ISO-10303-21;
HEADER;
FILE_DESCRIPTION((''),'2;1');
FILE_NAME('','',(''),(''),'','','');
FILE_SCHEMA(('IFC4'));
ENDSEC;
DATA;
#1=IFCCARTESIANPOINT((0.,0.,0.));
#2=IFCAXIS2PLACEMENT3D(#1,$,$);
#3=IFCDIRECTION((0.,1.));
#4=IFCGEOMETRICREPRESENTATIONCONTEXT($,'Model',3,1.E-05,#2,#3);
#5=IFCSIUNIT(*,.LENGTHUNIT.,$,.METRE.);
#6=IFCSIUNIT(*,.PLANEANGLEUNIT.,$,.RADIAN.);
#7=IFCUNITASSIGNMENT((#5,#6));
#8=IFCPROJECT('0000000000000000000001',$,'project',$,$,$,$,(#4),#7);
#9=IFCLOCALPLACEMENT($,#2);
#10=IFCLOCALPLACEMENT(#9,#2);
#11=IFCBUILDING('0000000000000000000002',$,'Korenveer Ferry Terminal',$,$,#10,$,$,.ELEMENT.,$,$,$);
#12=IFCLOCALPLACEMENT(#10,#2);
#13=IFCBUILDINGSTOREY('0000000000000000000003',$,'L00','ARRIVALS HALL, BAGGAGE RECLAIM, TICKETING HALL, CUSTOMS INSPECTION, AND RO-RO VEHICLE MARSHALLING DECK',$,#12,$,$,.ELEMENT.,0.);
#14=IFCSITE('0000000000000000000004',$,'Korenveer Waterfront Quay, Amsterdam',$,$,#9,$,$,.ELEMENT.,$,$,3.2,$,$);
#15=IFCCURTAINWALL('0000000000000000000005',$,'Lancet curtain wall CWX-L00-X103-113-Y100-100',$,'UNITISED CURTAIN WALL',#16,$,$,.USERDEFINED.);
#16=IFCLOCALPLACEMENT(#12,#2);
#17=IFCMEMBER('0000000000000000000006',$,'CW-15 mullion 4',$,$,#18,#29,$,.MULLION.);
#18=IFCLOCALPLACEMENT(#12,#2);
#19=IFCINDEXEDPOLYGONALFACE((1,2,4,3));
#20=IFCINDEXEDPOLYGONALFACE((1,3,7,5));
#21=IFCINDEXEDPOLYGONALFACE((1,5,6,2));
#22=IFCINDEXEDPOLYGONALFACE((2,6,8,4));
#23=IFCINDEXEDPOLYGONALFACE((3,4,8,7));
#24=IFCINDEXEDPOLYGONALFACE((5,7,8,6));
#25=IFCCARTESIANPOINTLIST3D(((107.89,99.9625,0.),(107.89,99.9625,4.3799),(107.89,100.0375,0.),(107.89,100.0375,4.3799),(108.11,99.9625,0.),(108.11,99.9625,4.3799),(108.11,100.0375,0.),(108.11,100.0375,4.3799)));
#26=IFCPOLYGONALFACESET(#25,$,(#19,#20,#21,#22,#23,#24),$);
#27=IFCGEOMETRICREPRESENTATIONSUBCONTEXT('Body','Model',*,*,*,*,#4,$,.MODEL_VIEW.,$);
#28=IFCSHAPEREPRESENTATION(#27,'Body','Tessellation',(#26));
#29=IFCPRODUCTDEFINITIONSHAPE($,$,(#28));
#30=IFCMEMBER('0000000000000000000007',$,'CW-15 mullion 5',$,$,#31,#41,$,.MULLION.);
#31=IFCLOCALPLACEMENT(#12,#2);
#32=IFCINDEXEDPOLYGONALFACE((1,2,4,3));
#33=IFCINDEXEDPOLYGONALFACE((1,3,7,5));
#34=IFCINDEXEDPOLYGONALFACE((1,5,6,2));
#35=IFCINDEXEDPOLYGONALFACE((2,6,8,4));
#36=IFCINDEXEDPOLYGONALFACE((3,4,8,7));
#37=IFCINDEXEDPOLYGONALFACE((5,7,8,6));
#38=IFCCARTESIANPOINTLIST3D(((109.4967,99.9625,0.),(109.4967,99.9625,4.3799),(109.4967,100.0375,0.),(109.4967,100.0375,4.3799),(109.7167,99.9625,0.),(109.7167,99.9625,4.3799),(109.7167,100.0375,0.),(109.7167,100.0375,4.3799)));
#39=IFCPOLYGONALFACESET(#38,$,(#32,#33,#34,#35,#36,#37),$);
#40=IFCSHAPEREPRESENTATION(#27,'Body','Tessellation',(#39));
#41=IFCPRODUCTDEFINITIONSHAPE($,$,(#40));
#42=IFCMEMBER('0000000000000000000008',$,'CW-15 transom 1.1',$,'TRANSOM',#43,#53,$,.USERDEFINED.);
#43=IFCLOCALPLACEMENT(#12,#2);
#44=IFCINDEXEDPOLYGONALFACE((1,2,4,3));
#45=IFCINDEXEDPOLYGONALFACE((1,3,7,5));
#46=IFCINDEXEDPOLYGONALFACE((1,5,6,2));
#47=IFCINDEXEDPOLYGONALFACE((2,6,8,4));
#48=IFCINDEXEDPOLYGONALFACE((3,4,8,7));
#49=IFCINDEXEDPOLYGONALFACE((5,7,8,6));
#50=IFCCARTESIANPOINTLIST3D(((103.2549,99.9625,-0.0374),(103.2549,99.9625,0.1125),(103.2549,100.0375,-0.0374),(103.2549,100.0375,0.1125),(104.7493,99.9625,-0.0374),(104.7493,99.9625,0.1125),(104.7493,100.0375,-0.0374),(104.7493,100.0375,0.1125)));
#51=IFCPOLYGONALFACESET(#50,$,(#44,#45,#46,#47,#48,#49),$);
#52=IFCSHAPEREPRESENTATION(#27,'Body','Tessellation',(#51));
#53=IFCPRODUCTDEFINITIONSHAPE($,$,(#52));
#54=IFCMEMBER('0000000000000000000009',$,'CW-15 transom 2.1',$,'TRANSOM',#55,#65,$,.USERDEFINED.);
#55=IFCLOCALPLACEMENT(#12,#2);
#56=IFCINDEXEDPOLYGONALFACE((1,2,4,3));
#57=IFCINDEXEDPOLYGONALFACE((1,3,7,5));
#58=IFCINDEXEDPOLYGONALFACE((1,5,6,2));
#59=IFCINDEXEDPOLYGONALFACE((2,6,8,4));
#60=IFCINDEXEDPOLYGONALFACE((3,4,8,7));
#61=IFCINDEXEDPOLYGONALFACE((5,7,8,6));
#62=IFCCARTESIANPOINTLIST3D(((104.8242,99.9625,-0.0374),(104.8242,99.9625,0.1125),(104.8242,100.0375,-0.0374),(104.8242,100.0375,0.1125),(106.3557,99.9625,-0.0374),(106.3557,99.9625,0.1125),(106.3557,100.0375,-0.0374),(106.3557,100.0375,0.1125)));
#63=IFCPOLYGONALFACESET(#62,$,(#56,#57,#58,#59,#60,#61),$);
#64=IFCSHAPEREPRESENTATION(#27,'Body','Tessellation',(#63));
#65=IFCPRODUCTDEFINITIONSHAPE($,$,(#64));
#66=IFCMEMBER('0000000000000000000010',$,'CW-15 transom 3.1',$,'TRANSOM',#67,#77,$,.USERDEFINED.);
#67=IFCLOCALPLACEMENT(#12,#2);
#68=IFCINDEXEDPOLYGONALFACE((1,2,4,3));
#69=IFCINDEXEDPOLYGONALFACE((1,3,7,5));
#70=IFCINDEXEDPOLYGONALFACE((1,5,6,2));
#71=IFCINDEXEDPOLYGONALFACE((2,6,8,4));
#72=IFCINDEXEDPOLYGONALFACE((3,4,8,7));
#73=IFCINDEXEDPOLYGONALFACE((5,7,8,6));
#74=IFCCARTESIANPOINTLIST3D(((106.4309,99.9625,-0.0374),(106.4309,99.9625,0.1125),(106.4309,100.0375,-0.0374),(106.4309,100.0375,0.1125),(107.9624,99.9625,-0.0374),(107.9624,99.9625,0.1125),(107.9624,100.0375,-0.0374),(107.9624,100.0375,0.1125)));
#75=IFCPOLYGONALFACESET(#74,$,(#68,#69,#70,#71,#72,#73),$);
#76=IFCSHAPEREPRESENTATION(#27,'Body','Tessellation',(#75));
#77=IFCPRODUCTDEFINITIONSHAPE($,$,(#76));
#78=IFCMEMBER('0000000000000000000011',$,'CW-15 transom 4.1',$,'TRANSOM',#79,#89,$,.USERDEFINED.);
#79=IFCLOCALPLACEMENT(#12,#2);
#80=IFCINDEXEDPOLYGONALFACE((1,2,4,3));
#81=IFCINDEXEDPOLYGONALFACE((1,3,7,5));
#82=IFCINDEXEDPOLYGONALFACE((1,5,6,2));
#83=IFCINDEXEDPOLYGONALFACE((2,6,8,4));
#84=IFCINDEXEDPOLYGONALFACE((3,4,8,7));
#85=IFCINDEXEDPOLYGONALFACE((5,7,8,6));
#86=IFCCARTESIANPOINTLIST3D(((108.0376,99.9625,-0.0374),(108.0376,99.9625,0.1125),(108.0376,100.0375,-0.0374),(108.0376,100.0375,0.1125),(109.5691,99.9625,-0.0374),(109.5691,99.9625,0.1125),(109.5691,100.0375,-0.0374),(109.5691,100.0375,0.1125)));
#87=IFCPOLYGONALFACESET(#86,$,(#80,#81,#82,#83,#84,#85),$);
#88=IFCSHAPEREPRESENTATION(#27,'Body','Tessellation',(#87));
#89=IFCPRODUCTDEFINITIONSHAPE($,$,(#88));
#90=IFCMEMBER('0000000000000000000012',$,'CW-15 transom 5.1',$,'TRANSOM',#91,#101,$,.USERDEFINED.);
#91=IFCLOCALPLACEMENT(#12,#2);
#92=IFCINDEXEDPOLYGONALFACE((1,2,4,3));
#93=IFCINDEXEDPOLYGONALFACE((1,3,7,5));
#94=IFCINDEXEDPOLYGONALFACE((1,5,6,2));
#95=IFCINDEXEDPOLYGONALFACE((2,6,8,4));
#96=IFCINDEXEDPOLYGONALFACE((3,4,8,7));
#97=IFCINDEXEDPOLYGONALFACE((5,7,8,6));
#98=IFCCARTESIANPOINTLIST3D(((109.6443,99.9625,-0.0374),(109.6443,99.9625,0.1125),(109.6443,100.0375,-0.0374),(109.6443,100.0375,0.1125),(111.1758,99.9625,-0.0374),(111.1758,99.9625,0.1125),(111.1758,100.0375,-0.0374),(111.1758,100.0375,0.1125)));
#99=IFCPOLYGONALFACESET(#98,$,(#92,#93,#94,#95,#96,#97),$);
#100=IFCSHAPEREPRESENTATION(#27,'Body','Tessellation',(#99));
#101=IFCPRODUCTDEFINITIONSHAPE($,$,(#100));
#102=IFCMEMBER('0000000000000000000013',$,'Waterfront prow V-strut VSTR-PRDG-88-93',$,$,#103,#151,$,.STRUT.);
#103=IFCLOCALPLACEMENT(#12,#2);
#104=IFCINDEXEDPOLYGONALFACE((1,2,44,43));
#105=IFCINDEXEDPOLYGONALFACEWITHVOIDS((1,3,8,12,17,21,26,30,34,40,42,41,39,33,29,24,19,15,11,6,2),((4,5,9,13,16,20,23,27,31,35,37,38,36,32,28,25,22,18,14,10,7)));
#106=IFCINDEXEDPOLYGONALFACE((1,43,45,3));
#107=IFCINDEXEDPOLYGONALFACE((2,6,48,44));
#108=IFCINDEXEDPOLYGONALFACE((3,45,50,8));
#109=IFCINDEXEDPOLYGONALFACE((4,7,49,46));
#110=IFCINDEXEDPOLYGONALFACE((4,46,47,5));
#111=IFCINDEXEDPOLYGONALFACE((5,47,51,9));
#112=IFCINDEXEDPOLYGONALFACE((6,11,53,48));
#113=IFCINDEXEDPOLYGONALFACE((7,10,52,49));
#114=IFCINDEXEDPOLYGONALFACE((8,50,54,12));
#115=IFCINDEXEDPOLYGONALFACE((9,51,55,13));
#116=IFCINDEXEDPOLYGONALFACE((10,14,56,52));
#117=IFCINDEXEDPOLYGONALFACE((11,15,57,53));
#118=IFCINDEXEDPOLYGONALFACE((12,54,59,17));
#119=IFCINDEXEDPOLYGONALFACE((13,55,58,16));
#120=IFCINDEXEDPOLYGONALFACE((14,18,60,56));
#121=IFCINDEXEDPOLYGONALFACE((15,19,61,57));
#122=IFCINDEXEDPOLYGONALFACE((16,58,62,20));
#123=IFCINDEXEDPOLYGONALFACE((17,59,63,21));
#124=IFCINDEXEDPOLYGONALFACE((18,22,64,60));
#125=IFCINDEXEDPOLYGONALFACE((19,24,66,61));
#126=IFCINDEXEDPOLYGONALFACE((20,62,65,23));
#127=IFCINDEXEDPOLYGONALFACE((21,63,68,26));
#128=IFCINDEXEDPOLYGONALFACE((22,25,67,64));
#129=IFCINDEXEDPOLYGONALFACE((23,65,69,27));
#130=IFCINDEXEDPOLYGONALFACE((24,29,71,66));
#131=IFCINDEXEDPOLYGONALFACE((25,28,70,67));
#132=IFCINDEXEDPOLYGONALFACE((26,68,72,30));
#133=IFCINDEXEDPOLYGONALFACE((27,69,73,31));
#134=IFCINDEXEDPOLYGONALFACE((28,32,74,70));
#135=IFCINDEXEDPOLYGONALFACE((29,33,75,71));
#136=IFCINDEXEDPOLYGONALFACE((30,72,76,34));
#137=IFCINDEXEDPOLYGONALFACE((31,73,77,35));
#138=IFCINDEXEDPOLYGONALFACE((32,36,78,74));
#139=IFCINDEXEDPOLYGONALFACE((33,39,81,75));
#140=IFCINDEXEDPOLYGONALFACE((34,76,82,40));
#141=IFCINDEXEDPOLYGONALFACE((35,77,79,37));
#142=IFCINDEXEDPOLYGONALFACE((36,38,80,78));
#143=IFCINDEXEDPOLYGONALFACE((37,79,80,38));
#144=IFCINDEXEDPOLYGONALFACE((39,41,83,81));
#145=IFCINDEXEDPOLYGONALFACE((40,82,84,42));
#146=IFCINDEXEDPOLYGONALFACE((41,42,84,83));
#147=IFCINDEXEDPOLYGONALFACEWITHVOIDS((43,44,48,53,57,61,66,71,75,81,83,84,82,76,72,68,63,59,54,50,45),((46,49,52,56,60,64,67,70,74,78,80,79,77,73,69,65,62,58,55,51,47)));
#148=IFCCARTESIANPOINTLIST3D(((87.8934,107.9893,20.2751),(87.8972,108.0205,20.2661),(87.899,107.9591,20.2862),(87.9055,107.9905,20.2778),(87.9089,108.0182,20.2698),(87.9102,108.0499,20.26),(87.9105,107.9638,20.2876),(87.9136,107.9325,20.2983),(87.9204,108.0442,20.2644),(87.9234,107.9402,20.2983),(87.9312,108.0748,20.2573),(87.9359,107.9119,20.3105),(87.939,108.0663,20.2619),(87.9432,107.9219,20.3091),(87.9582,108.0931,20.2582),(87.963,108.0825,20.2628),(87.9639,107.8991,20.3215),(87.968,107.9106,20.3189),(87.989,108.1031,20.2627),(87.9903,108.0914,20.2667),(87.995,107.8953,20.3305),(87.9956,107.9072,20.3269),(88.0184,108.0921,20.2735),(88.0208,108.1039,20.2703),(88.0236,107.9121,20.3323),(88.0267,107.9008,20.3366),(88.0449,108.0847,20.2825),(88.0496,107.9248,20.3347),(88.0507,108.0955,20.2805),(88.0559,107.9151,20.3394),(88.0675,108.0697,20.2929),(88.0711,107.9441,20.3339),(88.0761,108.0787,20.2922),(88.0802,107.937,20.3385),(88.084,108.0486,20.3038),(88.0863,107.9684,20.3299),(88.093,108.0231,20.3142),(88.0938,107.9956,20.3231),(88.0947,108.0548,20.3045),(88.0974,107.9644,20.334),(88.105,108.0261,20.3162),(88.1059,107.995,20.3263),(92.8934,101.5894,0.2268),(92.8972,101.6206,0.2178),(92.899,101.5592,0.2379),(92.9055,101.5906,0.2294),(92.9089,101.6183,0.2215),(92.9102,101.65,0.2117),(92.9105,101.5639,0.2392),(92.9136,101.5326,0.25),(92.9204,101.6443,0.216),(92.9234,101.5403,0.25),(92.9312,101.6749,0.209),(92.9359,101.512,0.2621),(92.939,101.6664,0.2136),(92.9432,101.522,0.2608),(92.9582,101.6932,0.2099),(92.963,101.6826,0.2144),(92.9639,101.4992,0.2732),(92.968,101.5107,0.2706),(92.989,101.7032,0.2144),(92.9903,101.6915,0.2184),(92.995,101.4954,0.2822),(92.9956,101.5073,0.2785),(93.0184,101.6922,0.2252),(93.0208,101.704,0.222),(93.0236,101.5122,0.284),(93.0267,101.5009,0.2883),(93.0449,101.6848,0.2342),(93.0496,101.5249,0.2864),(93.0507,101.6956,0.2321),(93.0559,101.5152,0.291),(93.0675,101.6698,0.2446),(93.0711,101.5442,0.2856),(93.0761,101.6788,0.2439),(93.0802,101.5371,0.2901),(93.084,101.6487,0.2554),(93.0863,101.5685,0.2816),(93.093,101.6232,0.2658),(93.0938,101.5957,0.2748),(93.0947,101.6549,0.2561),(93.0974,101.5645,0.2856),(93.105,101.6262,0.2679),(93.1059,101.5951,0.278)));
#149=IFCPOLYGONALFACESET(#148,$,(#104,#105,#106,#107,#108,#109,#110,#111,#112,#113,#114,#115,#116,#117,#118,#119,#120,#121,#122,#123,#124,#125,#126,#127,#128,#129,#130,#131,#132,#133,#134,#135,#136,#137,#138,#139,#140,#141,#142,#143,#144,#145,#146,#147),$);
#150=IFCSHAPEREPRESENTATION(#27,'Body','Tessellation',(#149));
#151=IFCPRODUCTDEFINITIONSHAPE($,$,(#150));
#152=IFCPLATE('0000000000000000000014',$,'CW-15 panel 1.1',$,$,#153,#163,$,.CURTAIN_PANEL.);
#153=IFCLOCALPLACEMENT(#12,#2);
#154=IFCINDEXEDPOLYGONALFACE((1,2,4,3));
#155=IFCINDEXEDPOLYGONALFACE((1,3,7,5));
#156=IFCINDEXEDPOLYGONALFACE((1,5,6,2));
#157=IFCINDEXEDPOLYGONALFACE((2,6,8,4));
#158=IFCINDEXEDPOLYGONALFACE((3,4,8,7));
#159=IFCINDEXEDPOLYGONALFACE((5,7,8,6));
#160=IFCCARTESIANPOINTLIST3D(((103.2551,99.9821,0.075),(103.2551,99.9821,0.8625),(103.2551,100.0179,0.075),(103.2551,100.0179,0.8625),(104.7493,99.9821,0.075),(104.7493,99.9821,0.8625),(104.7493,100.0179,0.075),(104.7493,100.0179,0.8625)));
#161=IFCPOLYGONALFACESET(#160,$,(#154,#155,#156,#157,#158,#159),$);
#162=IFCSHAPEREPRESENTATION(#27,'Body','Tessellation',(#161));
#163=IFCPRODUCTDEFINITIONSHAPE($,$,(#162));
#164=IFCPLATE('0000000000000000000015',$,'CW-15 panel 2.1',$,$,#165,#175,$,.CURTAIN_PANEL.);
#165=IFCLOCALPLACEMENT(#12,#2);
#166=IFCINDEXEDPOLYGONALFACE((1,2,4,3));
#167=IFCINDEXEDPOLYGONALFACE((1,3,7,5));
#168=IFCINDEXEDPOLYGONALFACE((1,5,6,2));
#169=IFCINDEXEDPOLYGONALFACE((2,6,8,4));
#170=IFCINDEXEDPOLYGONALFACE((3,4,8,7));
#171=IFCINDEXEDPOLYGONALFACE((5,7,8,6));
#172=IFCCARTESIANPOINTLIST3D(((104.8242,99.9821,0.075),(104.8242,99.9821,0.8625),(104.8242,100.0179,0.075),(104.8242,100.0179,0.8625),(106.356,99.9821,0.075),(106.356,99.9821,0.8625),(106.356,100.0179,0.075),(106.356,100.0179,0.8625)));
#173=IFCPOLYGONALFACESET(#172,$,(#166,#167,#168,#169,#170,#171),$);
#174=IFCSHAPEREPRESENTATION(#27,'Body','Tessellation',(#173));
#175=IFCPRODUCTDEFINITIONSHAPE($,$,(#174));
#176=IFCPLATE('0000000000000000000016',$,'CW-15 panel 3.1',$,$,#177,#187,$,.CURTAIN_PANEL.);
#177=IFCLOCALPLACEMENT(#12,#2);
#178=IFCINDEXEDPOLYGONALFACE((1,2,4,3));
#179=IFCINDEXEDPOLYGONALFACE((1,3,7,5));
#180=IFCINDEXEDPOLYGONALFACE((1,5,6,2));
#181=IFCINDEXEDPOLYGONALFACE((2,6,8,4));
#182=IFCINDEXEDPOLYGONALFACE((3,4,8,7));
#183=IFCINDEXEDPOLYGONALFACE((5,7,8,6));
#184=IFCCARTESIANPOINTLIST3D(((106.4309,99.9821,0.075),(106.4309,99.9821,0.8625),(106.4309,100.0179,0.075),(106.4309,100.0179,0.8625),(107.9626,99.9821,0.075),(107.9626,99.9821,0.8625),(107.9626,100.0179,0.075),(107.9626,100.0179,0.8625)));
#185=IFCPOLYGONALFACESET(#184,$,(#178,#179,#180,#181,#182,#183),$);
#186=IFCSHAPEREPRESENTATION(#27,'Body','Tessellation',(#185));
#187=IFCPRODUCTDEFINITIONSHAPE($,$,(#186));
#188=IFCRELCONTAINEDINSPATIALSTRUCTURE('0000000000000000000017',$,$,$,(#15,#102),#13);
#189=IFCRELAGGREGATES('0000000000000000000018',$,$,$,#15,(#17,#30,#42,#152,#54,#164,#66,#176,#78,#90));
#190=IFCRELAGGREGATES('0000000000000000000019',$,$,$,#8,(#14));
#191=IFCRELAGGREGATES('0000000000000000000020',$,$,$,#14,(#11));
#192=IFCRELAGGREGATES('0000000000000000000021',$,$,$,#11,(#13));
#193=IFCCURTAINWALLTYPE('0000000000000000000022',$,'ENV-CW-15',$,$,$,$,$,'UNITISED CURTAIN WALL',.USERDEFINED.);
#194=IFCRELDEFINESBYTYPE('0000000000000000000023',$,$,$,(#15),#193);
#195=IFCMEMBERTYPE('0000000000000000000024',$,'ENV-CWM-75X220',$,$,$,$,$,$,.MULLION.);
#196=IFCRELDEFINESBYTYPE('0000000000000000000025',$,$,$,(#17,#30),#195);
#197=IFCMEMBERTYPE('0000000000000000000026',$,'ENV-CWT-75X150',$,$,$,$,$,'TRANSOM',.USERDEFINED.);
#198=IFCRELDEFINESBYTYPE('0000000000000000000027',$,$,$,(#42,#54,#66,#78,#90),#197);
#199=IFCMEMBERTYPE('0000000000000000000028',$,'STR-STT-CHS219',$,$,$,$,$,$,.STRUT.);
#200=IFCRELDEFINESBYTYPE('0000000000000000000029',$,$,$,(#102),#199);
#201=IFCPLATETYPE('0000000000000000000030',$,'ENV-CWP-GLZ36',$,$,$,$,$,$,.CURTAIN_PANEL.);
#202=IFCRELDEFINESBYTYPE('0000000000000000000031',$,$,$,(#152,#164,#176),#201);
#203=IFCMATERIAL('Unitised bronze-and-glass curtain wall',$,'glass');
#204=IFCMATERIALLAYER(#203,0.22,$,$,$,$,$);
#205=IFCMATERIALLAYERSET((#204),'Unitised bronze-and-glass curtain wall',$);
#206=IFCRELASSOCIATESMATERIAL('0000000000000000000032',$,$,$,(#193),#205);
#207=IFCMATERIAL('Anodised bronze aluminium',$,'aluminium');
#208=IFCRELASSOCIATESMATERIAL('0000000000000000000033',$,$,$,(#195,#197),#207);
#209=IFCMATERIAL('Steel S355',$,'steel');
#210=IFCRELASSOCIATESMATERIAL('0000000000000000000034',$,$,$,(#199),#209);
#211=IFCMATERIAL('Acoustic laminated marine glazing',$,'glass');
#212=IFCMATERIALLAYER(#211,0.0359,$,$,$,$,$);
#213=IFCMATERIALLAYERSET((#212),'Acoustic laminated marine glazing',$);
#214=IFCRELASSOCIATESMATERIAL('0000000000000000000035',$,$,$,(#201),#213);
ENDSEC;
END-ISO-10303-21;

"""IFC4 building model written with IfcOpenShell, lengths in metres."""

from ifc_helpers import new_model, si_unit, direction, frame, origin, origin_2d, place, context, subcontext, project, spatial, rectangle, hollow_circle, extrude, material, layer, layer_set, material_profile, profile_set, type_object, element, aggregate, save


model = new_model("IFC4")

# Units and contexts
model_context = context("Model", 3, precision=1e-05, world=origin(), true_north=direction((0.0, 1.0)))
body_context = subcontext(model_context, "Body", "Model", "MODEL_VIEW")
ifc_project = project(units=[si_unit("LENGTHUNIT", "METRE"), si_unit("PLANEANGLEUNIT", "RADIAN")], contexts=[model_context])

# Site, building, storey
site_placement = place(None, origin())
site = spatial("IfcSite", under=ifc_project, at=site_placement, Name="Korenveer Waterfront Quay, Amsterdam", CompositionType="ELEMENT", RefElevation=3.2)
building_placement = place(site_placement, origin())
building = spatial("IfcBuilding", under=site, at=building_placement, Name="Korenveer Ferry Terminal", CompositionType="ELEMENT")
storey_placement = place(building_placement, origin())
storey = spatial("IfcBuildingStorey", under=building, at=storey_placement, Name="L00", Description="ARRIVALS HALL, BAGGAGE RECLAIM, TICKETING HALL, CUSTOMS INSPECTION, AND RO-RO VEHICLE MARSHALLING DECK", CompositionType="ELEMENT", Elevation=0.0)

# Shared definitions
ifc_material_1 = material(Name="Steel S355", Category="steel")

# Curtain wall, members
ifc_material_2 = material(Name="Unitised bronze-and-glass curtain wall", Category="glass")
ifc_layer_1 = layer(ifc_material_2, 0.22)
ifc_layer_set_1 = layer_set([ifc_layer_1], Name="Unitised bronze-and-glass curtain wall")
curtain_wall_type = type_object("IfcCurtainWallType", Name="ENV-CW-15", ElementType="UNITISED CURTAIN WALL", PredefinedType="USERDEFINED", material=ifc_layer_set_1)
curtain_wall_placement = place(storey_placement, frame((103.1799, 100.0, 0.0)))
curtain_wall = element("IfcCurtainWall", 1, at=curtain_wall_placement, inside=storey, type_object=curtain_wall_type, Name="Lancet curtain wall CWX-L00-X103-113-Y100-100", ObjectType="UNITISED CURTAIN WALL", PredefinedType="USERDEFINED")
ifc_material_3 = material(Name="Anodised bronze aluminium", Category="aluminium")
ifc_material_profile_1 = material_profile(ifc_material_3, rectangle(XDim=0.075, YDim=0.22, at=origin_2d()), Name="ALU 75x220")
ifc_profile_set_1 = profile_set([ifc_material_profile_1], Name="Anodised bronze aluminium")
member_type_1 = type_object("IfcMemberType", Name="ENV-CWM-75X220", PredefinedType="MULLION", material=ifc_profile_set_1)
member_1_placement = place(storey_placement, frame((108.0, 100.0, 0.0), z_axis=(0.0, 0.0, 1.0), x_axis=(0.0, 1.0, 0.0)))
member_1 = element("IfcMember", 2, at=member_1_placement, type_object=member_type_1, Name="CW-15 mullion 4", PredefinedType="MULLION", context=body_context, shape_type="SweptSolid", body=[
    extrude(rectangle(XDim=0.075, YDim=0.22, at=origin_2d()), origin(), (0.0, 0.0, 1.0), 4.3799),
])
member_2_placement = place(storey_placement, frame((109.6067, 100.0, 0.0), z_axis=(0.0, 0.0, 1.0), x_axis=(0.0, 1.0, 0.0)))
member_2 = element("IfcMember", 3, at=member_2_placement, type_object=member_type_1, Name="CW-15 mullion 5", PredefinedType="MULLION", context=body_context, shape_type="SweptSolid", body=[
    extrude(rectangle(XDim=0.075, YDim=0.22, at=origin_2d()), origin(), (0.0, 0.0, 1.0), 4.3799),
])
ifc_material_profile_2 = material_profile(ifc_material_3, rectangle(XDim=0.075, YDim=0.1499, at=origin_2d()), Name="ALU 75x150")
ifc_profile_set_2 = profile_set([ifc_material_profile_2], Name="Anodised bronze aluminium")
member_type_2 = type_object("IfcMemberType", Name="ENV-CWT-75X150", ElementType="TRANSOM", PredefinedType="USERDEFINED", material=ifc_profile_set_2)
member_3_placement = place(storey_placement, frame((103.2549, 100.0, 0.0376), z_axis=(1.0, 0.0, 0.0), x_axis=(0.0, 1.0, 0.0)))
member_3 = element("IfcMember", 4, at=member_3_placement, type_object=member_type_2, Name="CW-15 transom 1.1", ObjectType="TRANSOM", PredefinedType="USERDEFINED", context=body_context, shape_type="SweptSolid", body=[
    extrude(rectangle(XDim=0.075, YDim=0.1499, at=origin_2d()), origin(), (0.0, 0.0, 1.0), 1.4944),
])
member_4_placement = place(storey_placement, frame((104.8242, 100.0, 0.0376), z_axis=(1.0, 0.0, 0.0), x_axis=(0.0, 1.0, 0.0)))
member_4 = element("IfcMember", 5, at=member_4_placement, type_object=member_type_2, Name="CW-15 transom 2.1", ObjectType="TRANSOM", PredefinedType="USERDEFINED", context=body_context, shape_type="SweptSolid", body=[
    extrude(rectangle(XDim=0.075, YDim=0.1499, at=origin_2d()), origin(), (0.0, 0.0, 1.0), 1.5315),
])
member_5_placement = place(storey_placement, frame((106.4309, 100.0, 0.0376), z_axis=(1.0, 0.0, 0.0), x_axis=(0.0, 1.0, 0.0)))
member_5 = element("IfcMember", 6, at=member_5_placement, type_object=member_type_2, Name="CW-15 transom 3.1", ObjectType="TRANSOM", PredefinedType="USERDEFINED", context=body_context, shape_type="SweptSolid", body=[
    extrude(rectangle(XDim=0.075, YDim=0.1499, at=origin_2d()), origin(), (0.0, 0.0, 1.0), 1.5315),
])
member_6_placement = place(storey_placement, frame((108.0376, 100.0, 0.0376), z_axis=(1.0, 0.0, 0.0), x_axis=(0.0, 1.0, 0.0)))
member_6 = element("IfcMember", 7, at=member_6_placement, type_object=member_type_2, Name="CW-15 transom 4.1", ObjectType="TRANSOM", PredefinedType="USERDEFINED", context=body_context, shape_type="SweptSolid", body=[
    extrude(rectangle(XDim=0.075, YDim=0.1499, at=origin_2d()), origin(), (0.0, 0.0, 1.0), 1.5315),
])
member_7_placement = place(storey_placement, frame((109.6443, 100.0, 0.0376), z_axis=(1.0, 0.0, 0.0), x_axis=(0.0, 1.0, 0.0)))
member_7 = element("IfcMember", 8, at=member_7_placement, type_object=member_type_2, Name="CW-15 transom 5.1", ObjectType="TRANSOM", PredefinedType="USERDEFINED", context=body_context, shape_type="SweptSolid", body=[
    extrude(rectangle(XDim=0.075, YDim=0.1499, at=origin_2d()), origin(), (0.0, 0.0, 1.0), 1.5315),
])

# Member
ifc_material_profile_3 = material_profile(ifc_material_1, hollow_circle(Radius=0.1096, WallThickness=0.0125, at=origin_2d()), Name="CHS 219.1x12.5")
ifc_profile_set_3 = profile_set([ifc_material_profile_3], Name="Steel S355")
member_type_3 = type_object("IfcMemberType", Name="STR-STT-CHS219", PredefinedType="STRUT", material=ifc_profile_set_3)
member_8_placement = place(storey_placement, frame((93.0, 101.6001, 0.25), z_axis=(-0.231151, 0.295869, 0.926839), x_axis=(-0.78802, -0.61565, 0.0)))
element("IfcMember", 9, at=member_8_placement, inside=storey, type_object=member_type_3, Name="Waterfront prow V-strut VSTR-PRDG-88-93", PredefinedType="STRUT", context=body_context, shape_type="SweptSolid", body=[
    extrude(hollow_circle(Radius=0.1096, WallThickness=0.0125, at=origin_2d()), origin(), (0.0, 0.0, 1.0), 21.6309),
])

# Plates
ifc_material_4 = material(Name="Acoustic laminated marine glazing", Category="glass")
ifc_layer_2 = layer(ifc_material_4, 0.0359)
ifc_layer_set_2 = layer_set([ifc_layer_2], Name="Acoustic laminated marine glazing")
plate_type_1 = type_object("IfcPlateType", Name="ENV-CWP-GLZ36", PredefinedType="CURTAIN_PANEL", material=ifc_layer_set_2)
plate_1_placement = place(storey_placement, frame((104.0022, 100.0, 0.075), z_axis=(0.0, 0.0, 1.0), x_axis=(1.0, 0.0, 0.0)))
plate_1 = element("IfcPlate", 10, at=plate_1_placement, type_object=plate_type_1, Name="CW-15 panel 1.1", PredefinedType="CURTAIN_PANEL", context=body_context, shape_type="SweptSolid", body=[
    extrude(rectangle(XDim=1.4941, YDim=0.0359, at=origin_2d()), origin(), (0.0, 0.0, 1.0), 0.7876),
])
plate_2_placement = place(storey_placement, frame((105.5901, 100.0, 0.075), z_axis=(0.0, 0.0, 1.0), x_axis=(1.0, 0.0, 0.0)))
plate_2 = element("IfcPlate", 11, at=plate_2_placement, type_object=plate_type_1, Name="CW-15 panel 2.1", PredefinedType="CURTAIN_PANEL", context=body_context, shape_type="SweptSolid", body=[
    extrude(rectangle(XDim=1.5317, YDim=0.0359, at=origin_2d()), origin(), (0.0, 0.0, 1.0), 0.7876),
])
plate_3_placement = place(storey_placement, frame((107.1968, 100.0, 0.075), z_axis=(0.0, 0.0, 1.0), x_axis=(1.0, 0.0, 0.0)))
plate_3 = element("IfcPlate", 12, at=plate_3_placement, type_object=plate_type_1, Name="CW-15 panel 3.1", PredefinedType="CURTAIN_PANEL", context=body_context, shape_type="SweptSolid", body=[
    extrude(rectangle(XDim=1.5317, YDim=0.0359, at=origin_2d()), origin(), (0.0, 0.0, 1.0), 0.7876),
])
aggregate(curtain_wall, [member_1, member_2, member_3, plate_1, member_4, plate_2, member_5, plate_3, member_6, member_7])

save(model, "model.ifc")
